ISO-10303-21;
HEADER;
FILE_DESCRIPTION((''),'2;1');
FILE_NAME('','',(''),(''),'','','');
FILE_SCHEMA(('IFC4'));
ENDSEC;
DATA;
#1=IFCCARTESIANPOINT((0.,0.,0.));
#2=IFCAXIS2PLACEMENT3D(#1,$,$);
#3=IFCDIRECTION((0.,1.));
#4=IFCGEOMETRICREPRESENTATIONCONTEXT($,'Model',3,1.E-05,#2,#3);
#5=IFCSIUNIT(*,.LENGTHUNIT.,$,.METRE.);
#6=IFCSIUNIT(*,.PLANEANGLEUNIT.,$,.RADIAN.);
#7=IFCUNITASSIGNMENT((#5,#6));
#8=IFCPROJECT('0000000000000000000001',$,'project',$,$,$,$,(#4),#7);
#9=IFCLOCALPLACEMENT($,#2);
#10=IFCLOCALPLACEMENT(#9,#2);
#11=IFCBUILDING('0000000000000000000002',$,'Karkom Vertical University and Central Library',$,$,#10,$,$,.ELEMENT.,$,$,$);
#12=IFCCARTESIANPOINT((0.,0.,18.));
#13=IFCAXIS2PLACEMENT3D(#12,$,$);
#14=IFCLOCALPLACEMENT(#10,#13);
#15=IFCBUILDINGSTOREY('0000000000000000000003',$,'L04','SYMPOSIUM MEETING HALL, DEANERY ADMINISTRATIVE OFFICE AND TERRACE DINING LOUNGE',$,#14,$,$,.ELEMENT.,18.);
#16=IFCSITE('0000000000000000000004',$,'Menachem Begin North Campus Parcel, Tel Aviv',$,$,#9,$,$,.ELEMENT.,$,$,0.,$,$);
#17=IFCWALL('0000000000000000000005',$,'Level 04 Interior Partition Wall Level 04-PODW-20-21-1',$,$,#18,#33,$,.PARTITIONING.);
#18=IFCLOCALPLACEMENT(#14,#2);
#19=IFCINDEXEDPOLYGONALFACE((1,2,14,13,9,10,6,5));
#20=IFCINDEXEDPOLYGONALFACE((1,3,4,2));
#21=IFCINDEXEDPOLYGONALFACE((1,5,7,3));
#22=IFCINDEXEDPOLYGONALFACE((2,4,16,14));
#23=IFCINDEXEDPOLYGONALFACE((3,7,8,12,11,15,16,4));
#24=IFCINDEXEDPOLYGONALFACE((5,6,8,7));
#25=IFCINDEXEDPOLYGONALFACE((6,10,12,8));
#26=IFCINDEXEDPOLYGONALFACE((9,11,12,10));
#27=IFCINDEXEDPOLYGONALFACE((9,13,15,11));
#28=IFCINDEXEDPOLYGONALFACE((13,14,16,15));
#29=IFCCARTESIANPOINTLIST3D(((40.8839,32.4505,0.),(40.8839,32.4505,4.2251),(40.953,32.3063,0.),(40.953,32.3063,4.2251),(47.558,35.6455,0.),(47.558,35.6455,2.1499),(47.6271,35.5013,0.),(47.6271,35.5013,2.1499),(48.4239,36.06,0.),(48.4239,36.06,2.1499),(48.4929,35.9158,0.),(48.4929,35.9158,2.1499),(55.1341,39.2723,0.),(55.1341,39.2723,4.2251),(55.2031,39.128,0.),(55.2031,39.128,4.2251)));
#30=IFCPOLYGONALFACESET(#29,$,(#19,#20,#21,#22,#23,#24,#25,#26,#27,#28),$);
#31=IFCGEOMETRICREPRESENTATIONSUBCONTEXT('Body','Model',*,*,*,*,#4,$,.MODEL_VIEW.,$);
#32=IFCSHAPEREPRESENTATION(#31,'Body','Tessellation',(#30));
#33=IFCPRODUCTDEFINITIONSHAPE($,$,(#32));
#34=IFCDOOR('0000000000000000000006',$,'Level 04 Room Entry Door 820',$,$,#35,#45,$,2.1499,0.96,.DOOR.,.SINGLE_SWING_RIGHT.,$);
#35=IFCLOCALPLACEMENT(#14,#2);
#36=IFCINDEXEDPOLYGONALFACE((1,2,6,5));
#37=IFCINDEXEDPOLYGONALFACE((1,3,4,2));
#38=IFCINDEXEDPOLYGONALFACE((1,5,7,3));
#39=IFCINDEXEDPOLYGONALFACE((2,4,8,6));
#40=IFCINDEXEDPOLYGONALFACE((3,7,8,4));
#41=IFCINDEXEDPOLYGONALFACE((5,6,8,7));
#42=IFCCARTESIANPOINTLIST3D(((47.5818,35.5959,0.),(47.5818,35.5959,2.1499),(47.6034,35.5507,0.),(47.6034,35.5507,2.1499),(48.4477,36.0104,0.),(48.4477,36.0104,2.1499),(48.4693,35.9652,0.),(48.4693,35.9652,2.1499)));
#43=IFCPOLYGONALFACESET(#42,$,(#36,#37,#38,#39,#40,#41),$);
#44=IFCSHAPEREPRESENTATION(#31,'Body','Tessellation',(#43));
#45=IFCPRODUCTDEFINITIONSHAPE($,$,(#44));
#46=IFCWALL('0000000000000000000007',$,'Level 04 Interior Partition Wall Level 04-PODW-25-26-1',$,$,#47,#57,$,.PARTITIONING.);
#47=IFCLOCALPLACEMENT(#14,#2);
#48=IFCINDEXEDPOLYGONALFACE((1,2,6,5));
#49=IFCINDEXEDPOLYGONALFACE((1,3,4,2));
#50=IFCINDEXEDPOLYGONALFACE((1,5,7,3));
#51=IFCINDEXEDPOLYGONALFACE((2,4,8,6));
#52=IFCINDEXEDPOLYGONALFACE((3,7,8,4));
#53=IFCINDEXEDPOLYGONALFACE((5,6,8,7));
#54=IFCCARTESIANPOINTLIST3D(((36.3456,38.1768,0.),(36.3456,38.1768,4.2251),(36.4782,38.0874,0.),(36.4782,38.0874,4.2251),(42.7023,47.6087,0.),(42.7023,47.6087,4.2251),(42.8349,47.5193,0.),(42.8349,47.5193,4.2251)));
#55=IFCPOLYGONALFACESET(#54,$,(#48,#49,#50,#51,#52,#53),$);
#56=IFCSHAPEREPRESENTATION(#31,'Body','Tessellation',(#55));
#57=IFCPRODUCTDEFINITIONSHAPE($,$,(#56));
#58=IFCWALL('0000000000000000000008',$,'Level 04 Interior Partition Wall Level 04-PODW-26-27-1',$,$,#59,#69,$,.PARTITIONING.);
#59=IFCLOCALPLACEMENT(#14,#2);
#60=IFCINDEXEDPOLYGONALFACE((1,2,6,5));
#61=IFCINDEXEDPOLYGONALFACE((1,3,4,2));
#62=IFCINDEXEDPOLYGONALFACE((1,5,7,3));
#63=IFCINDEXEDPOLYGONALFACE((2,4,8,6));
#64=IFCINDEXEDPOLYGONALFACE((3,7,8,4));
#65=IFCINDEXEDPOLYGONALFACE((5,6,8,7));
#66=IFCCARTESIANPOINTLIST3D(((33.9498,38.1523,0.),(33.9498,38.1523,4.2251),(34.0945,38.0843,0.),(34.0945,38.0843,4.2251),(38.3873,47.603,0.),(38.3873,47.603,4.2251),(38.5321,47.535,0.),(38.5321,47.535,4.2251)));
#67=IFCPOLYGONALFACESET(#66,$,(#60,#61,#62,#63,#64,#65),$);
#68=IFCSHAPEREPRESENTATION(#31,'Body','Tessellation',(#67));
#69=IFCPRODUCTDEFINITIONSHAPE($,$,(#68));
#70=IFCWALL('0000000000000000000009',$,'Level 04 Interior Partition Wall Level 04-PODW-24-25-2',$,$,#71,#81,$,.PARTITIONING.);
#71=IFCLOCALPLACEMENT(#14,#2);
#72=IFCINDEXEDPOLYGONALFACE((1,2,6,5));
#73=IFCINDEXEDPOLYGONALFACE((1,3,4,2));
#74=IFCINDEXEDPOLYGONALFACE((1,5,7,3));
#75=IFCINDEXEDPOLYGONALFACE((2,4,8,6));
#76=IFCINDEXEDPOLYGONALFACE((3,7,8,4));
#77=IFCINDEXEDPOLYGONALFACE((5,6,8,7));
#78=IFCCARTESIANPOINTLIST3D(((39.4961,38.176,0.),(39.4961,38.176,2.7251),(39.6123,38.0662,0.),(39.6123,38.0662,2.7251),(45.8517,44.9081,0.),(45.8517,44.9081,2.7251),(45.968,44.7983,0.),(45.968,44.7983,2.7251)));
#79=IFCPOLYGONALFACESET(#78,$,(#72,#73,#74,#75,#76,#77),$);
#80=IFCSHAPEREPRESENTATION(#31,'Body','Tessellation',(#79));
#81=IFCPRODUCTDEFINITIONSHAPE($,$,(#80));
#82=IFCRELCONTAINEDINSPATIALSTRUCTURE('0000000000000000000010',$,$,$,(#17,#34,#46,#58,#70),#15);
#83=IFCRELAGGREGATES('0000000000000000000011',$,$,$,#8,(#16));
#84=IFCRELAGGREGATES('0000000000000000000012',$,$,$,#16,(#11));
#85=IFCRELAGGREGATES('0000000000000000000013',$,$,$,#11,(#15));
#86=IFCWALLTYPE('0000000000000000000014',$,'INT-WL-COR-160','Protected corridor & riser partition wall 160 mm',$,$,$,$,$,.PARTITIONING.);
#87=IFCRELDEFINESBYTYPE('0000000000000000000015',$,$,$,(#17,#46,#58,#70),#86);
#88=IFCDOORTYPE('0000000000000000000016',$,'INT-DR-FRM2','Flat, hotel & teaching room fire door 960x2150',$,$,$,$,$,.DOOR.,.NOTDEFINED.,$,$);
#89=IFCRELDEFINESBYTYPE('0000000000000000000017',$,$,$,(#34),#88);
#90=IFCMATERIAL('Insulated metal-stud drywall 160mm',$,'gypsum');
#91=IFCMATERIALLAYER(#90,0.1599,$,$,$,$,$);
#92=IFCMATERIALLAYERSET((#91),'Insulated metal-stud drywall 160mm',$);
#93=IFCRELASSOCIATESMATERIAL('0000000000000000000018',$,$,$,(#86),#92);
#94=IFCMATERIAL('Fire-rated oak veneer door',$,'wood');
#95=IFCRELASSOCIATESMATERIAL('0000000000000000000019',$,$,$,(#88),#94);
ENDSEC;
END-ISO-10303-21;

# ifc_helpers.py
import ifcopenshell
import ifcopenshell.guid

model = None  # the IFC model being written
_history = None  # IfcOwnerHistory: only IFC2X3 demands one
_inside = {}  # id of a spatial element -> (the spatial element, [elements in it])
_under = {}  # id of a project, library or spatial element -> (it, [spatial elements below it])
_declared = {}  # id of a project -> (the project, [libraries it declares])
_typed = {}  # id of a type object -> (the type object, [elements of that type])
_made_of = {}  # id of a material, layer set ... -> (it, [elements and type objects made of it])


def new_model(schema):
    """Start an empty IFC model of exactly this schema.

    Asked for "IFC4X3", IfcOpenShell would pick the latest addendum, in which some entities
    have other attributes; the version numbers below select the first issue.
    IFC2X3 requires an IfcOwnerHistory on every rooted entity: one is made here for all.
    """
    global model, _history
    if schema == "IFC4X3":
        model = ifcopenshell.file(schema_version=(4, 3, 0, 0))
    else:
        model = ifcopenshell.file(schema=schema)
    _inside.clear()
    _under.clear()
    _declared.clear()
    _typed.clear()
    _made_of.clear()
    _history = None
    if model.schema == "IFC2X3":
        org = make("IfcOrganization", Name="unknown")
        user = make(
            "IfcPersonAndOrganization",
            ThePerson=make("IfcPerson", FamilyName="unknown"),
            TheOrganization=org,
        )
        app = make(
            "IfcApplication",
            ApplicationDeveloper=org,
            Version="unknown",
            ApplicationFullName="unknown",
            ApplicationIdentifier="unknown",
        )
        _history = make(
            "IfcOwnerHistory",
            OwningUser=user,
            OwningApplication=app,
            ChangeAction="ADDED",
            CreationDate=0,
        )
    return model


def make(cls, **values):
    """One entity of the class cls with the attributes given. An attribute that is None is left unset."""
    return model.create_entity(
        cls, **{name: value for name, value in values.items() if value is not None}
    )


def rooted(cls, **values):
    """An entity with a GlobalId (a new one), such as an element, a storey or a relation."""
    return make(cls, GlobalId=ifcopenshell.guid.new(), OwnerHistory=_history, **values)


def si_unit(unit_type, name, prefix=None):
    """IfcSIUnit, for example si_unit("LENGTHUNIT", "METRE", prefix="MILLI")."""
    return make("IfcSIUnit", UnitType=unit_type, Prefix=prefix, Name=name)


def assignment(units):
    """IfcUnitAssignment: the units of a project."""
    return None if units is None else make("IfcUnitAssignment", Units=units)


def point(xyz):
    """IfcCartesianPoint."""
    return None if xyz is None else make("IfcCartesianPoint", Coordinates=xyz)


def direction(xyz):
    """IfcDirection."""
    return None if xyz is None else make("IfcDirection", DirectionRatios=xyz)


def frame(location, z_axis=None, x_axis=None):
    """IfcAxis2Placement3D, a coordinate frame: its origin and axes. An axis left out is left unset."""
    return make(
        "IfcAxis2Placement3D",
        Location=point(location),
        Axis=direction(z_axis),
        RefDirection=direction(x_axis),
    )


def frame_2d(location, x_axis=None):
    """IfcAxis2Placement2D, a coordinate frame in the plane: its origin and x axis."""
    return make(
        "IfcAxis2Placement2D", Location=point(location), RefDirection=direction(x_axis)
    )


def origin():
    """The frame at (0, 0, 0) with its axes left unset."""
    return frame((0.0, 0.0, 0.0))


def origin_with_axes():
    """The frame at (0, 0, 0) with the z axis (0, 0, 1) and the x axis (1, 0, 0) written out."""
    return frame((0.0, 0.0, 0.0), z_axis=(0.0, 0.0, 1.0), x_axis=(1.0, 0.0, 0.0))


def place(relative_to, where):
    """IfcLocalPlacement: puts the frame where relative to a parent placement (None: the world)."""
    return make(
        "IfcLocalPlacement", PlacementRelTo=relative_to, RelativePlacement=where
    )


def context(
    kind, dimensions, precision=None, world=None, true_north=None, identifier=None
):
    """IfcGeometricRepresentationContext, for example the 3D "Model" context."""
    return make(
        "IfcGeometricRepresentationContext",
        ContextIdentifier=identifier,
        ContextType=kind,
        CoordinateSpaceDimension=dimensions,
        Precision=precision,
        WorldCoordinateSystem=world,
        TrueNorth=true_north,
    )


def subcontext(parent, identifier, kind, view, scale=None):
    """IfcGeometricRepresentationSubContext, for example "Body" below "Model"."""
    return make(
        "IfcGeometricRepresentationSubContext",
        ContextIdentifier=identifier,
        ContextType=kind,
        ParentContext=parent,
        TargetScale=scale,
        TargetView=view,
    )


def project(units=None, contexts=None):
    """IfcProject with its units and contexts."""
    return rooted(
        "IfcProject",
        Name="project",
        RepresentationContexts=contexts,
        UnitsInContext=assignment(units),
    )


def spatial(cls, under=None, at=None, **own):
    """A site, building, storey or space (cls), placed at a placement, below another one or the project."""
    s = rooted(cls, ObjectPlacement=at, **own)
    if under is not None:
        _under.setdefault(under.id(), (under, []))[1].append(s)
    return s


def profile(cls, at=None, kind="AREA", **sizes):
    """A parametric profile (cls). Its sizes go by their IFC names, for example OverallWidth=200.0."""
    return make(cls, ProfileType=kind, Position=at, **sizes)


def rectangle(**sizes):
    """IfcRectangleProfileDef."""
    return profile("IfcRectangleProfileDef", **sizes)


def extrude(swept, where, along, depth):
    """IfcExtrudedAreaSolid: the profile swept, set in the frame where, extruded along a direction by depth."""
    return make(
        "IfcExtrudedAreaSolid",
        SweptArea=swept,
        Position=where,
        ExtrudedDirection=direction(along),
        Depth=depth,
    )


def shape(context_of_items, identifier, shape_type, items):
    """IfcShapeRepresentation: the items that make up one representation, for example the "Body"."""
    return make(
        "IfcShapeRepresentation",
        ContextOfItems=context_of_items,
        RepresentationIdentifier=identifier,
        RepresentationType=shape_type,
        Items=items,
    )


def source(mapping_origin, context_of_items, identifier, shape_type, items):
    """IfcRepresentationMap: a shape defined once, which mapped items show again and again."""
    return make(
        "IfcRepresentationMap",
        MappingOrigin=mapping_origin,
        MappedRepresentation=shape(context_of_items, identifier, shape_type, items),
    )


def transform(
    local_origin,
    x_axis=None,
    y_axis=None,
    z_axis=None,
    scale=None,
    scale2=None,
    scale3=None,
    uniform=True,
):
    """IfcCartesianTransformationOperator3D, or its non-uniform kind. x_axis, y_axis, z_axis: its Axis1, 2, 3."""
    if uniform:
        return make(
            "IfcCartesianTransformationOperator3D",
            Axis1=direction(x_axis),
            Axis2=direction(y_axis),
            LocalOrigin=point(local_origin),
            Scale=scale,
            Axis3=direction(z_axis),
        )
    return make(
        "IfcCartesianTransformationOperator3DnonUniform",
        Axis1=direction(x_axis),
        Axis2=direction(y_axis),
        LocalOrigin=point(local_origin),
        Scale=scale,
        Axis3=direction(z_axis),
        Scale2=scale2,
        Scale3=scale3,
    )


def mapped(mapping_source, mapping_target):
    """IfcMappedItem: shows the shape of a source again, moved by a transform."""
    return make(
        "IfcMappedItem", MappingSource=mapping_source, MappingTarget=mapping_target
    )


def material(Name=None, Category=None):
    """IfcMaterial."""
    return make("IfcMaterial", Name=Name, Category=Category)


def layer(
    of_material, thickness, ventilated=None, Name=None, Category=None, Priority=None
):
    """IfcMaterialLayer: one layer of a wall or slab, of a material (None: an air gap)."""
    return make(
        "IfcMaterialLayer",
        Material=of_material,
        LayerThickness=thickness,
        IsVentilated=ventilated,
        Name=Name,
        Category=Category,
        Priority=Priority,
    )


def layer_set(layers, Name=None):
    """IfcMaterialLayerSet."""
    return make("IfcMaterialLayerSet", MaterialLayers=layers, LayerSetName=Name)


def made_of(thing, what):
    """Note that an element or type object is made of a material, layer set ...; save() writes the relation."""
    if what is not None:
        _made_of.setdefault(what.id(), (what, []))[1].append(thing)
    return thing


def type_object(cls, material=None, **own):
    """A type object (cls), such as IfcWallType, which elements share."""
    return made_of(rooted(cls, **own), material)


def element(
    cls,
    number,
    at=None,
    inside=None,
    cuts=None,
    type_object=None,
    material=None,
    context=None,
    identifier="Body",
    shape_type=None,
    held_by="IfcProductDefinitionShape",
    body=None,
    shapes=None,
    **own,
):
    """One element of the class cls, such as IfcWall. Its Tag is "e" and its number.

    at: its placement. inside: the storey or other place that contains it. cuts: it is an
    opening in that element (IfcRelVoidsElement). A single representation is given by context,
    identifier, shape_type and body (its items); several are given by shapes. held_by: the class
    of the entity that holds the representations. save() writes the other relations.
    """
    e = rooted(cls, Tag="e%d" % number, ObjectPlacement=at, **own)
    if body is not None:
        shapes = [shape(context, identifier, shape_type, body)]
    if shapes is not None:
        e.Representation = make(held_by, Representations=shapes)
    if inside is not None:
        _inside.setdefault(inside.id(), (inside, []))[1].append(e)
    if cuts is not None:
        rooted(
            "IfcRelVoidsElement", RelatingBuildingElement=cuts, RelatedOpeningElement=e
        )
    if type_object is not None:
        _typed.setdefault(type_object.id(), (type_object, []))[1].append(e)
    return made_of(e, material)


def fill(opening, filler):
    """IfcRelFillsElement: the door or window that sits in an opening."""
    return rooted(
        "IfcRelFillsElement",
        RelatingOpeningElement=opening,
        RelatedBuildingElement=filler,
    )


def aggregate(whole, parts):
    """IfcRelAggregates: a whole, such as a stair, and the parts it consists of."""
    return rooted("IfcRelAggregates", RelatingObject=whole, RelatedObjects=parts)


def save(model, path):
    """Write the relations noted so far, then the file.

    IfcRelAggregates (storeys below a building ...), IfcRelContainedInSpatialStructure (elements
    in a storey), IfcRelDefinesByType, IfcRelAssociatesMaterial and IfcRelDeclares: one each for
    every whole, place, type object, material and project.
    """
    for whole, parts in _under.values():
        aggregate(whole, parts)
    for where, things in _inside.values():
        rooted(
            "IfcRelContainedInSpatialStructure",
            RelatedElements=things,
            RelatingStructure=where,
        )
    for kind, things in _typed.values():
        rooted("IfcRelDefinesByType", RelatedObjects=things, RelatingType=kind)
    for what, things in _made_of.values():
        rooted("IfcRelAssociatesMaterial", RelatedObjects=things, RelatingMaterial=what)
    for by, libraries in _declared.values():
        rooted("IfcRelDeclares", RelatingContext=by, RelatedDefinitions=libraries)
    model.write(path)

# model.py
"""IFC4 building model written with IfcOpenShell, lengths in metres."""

from ifc_helpers import new_model, si_unit, direction, frame, frame_2d, origin, origin_with_axes, place, context, subcontext, project, spatial, rectangle, extrude, source, transform, mapped, material, layer, layer_set, type_object, element, fill, save


model = new_model("IFC4")

# Units and contexts
model_context = context("Model", 3, precision=1e-05, world=origin(), true_north=direction((0.0, 1.0)))
body_context = subcontext(model_context, "Body", "Model", "MODEL_VIEW")
ifc_project = project(units=[si_unit("LENGTHUNIT", "METRE"), si_unit("PLANEANGLEUNIT", "RADIAN")], contexts=[model_context])

# Site, building, storey
site_placement = place(None, origin())
site = spatial("IfcSite", under=ifc_project, at=site_placement, Name="Menachem Begin North Campus Parcel, Tel Aviv", CompositionType="ELEMENT", RefElevation=0.0)
building_placement = place(site_placement, origin())
building = spatial("IfcBuilding", under=site, at=building_placement, Name="Karkom Vertical University and Central Library", CompositionType="ELEMENT")
storey_placement = place(building_placement, frame((0.0, 0.0, 18.0)))
storey = spatial("IfcBuildingStorey", under=building, at=storey_placement, Name="L04", Description="SYMPOSIUM MEETING HALL, DEANERY ADMINISTRATIVE OFFICE AND TERRACE DINING LOUNGE", CompositionType="ELEMENT", Elevation=18.0)

# Shared definitions
ifc_material_1 = material(Name="Insulated metal-stud drywall 160mm", Category="gypsum")
ifc_layer_1 = layer(ifc_material_1, 0.1599)
ifc_layer_set_1 = layer_set([ifc_layer_1], Name="Insulated metal-stud drywall 160mm")
wall_type_1 = type_object("IfcWallType", Name="INT-WL-COR-160", Description="Protected corridor & riser partition wall 160 mm", PredefinedType="PARTITIONING", material=ifc_layer_set_1)
ifc_material_2 = material(Name="Fire-rated oak veneer door", Category="wood")
door_type_1 = type_object("IfcDoorType", Name="INT-DR-FRM2", Description="Flat, hotel & teaching room fire door 960x2150", OperationType="NOTDEFINED", PredefinedType="DOOR", material=ifc_material_2)
shared_shape_1 = source(origin_with_axes(), body_context, "Body", "SweptSolid", [
    extrude(rectangle(XDim=0.96, YDim=2.1499, at=frame_2d((0.48, 1.075))), frame((0.0, 0.0249, 0.0), z_axis=(0.0, -1.0, 0.0), x_axis=(1.0, 0.0, 0.0)), (0.0, 0.0, 1.0), 0.05),
])

# Wall, opening, door
wall_1_placement = place(storey_placement, frame((40.9185, 32.3784, 0.0), z_axis=(0.0, 0.0, 1.0), x_axis=(0.901975, 0.431787, 0.0)))
wall_1 = element("IfcWall", 1, at=wall_1_placement, inside=storey, type_object=wall_type_1, Name="Level 04 Interior Partition Wall Level 04-PODW-20-21-1", PredefinedType="PARTITIONING", context=body_context, shape_type="SweptSolid", body=[
    extrude(rectangle(XDim=15.7988, YDim=0.1599, at=frame_2d((7.8994, 0.0))), origin(), (0.0, 0.0, 1.0), 4.2251),
])
opening_1_placement = place(wall_1_placement, frame((7.3994, 0.0, 0.0)))
opening_1 = element("IfcOpeningElement", 2, at=opening_1_placement, cuts=wall_1, PredefinedType="OPENING", context=body_context, shape_type="SweptSolid", body=[
    extrude(rectangle(XDim=0.96, YDim=2.1499, at=frame_2d((0.48, 1.075))), frame((0.0, 0.0898, 0.0), z_axis=(0.0, -1.0, 0.0), x_axis=(1.0, 0.0, 0.0)), (0.0, 0.0, 1.0), 0.1799),
])
door_1_placement = place(opening_1_placement, origin())
door_1 = element("IfcDoor", 3, at=door_1_placement, inside=storey, type_object=door_type_1, Name="Level 04 Room Entry Door 820", OperationType="SINGLE_SWING_RIGHT", OverallHeight=2.1499, OverallWidth=0.96, PredefinedType="DOOR", context=body_context, shape_type="MappedRepresentation", body=[
    mapped(shared_shape_1, transform((0.0, 0.0, 0.0), scale=1.0)),
])
fill(opening_1, door_1)

# Walls
wall_2_placement = place(storey_placement, frame((36.4119, 38.1321, 0.0), z_axis=(0.0, 0.0, 1.0), x_axis=(0.558879, 0.829249, 0.0)))
element("IfcWall", 4, at=wall_2_placement, inside=storey, type_object=wall_type_1, Name="Level 04 Interior Partition Wall Level 04-PODW-25-26-1", PredefinedType="PARTITIONING", context=body_context, shape_type="SweptSolid", body=[
    extrude(rectangle(XDim=11.374, YDim=0.1599, at=frame_2d((5.687, 0.0))), origin(), (0.0, 0.0, 1.0), 4.2251),
])
wall_3_placement = place(storey_placement, frame((34.0222, 38.1184, 0.0), z_axis=(0.0, 0.0, 1.0), x_axis=(0.425022, 0.905183, 0.0)))
element("IfcWall", 5, at=wall_3_placement, inside=storey, type_object=wall_type_1, Name="Level 04 Interior Partition Wall Level 04-PODW-26-27-1", PredefinedType="PARTITIONING", context=body_context, shape_type="SweptSolid", body=[
    extrude(rectangle(XDim=10.4407, YDim=0.1599, at=frame_2d((5.2202, 0.0))), origin(), (0.0, 0.0, 1.0), 4.2251),
])
wall_4_placement = place(storey_placement, frame((39.5542, 38.1211, 0.0), z_axis=(0.0, 0.0, 1.0), x_axis=(0.686483, 0.727146, 0.0)))
element("IfcWall", 6, at=wall_4_placement, inside=storey, type_object=wall_type_1, Name="Level 04 Interior Partition Wall Level 04-PODW-24-25-2", PredefinedType="PARTITIONING", context=body_context, shape_type="SweptSolid", body=[
    extrude(rectangle(XDim=9.2583, YDim=0.1599, at=frame_2d((4.6292, 0.0))), origin(), (0.0, 0.0, 1.0), 2.7251),
])

save(model, "model.ifc")
